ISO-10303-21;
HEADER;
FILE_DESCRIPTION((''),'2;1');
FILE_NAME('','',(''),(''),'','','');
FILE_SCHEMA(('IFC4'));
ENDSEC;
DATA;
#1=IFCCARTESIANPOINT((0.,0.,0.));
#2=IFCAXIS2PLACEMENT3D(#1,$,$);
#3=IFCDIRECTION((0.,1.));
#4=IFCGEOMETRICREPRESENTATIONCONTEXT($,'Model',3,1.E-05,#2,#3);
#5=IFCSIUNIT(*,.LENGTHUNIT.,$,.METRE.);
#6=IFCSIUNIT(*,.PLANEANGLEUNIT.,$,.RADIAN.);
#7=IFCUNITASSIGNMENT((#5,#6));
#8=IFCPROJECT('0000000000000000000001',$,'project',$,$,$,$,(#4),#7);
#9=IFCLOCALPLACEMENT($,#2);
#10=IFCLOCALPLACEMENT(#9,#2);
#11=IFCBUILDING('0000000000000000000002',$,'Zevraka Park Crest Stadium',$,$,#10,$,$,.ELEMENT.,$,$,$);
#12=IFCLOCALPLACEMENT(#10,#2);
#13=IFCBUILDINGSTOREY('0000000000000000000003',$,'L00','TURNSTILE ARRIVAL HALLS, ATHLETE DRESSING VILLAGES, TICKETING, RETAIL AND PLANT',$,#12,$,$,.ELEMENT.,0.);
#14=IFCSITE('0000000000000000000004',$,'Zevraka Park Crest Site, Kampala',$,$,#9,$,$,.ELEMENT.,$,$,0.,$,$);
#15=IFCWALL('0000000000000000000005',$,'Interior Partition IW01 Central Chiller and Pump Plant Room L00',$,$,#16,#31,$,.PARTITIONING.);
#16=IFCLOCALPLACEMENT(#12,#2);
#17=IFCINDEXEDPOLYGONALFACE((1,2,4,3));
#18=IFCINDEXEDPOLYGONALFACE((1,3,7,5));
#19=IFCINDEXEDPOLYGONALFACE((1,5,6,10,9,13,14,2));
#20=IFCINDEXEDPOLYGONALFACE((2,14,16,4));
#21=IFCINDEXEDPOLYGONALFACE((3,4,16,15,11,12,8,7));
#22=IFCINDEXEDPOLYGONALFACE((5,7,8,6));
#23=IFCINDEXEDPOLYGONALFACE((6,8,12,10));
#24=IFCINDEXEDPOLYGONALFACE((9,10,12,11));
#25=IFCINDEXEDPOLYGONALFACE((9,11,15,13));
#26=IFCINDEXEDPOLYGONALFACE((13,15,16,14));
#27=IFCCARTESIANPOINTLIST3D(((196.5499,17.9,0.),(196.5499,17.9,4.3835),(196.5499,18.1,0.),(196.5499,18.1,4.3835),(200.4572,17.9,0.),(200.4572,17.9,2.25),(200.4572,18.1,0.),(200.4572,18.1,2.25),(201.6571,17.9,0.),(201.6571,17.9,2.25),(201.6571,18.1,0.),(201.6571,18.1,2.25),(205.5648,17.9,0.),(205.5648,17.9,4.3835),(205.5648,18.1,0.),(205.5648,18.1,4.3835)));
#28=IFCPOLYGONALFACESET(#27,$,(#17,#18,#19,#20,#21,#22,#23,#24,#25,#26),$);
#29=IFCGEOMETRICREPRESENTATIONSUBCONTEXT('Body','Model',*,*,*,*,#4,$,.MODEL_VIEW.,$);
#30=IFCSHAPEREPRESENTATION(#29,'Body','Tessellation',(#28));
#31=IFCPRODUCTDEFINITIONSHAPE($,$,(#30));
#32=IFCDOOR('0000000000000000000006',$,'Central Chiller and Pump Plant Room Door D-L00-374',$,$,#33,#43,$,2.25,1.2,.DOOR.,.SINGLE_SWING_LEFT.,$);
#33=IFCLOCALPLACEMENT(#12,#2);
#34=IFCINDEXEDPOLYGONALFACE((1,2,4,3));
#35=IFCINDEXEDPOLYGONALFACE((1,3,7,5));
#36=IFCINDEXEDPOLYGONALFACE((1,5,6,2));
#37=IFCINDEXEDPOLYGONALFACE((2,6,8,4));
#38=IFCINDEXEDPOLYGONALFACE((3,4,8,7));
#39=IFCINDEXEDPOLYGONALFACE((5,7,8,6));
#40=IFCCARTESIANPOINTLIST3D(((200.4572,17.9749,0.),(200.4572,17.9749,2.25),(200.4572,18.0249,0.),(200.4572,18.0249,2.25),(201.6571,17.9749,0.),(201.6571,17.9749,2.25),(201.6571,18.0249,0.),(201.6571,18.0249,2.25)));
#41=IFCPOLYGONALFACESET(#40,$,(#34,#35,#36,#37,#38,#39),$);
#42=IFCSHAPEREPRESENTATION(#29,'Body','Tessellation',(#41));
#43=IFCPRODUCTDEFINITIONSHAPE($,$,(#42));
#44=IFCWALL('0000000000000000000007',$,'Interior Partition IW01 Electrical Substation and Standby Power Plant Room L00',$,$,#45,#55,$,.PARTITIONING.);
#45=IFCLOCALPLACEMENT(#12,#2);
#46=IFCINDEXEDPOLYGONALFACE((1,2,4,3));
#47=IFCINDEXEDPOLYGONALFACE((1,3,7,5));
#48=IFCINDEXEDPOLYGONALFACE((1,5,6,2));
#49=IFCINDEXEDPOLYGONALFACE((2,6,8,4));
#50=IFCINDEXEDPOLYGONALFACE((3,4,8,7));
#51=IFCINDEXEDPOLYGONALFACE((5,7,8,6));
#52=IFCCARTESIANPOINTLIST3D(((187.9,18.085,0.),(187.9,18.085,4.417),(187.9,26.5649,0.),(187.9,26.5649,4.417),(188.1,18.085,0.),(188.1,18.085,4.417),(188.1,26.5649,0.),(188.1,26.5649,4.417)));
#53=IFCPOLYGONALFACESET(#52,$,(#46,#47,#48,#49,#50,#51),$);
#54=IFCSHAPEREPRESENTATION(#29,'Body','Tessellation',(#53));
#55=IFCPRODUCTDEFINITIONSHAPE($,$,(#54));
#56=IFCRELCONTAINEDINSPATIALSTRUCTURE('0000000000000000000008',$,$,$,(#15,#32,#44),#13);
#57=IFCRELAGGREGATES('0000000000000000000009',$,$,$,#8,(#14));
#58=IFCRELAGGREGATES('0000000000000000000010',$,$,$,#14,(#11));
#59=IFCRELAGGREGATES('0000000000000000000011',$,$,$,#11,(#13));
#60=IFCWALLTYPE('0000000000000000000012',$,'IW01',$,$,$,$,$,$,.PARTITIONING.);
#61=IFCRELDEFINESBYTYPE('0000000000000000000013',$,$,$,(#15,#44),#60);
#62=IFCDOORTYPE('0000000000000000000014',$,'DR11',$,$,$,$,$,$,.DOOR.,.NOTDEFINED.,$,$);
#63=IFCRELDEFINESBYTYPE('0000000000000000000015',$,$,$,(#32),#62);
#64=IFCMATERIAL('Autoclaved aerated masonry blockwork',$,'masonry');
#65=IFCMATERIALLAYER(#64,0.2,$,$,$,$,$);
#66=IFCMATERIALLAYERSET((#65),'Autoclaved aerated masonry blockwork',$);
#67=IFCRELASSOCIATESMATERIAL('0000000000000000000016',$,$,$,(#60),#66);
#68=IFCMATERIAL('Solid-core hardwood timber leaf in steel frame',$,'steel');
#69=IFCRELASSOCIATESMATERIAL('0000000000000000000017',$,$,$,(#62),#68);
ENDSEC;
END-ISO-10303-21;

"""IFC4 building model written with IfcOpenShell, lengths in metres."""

from ifc_helpers import new_model, si_unit, direction, frame, frame_2d, origin, place, context, subcontext, project, spatial, rectangle, extrude, material, layer, layer_set, type_object, element, fill, save


model = new_model("IFC4")

# Units and contexts
model_context = context("Model", 3, precision=1e-05, world=origin(), true_north=direction((0.0, 1.0)))
body_context = subcontext(model_context, "Body", "Model", "MODEL_VIEW")
ifc_project = project(units=[si_unit("LENGTHUNIT", "METRE"), si_unit("PLANEANGLEUNIT", "RADIAN")], contexts=[model_context])

# Site, building, storey
site_placement = place(None, origin())
site = spatial("IfcSite", under=ifc_project, at=site_placement, Name="Zevraka Park Crest Site, Kampala", CompositionType="ELEMENT", RefElevation=0.0)
building_placement = place(site_placement, origin())
building = spatial("IfcBuilding", under=site, at=building_placement, Name="Zevraka Park Crest Stadium", CompositionType="ELEMENT")
storey_placement = place(building_placement, origin())
storey = spatial("IfcBuildingStorey", under=building, at=storey_placement, Name="L00", Description="TURNSTILE ARRIVAL HALLS, ATHLETE DRESSING VILLAGES, TICKETING, RETAIL AND PLANT", CompositionType="ELEMENT", Elevation=0.0)

# Wall, opening, door
ifc_material_1 = material(Name="Autoclaved aerated masonry blockwork", Category="masonry")
ifc_layer = layer(ifc_material_1, 0.2)
ifc_layer_set = layer_set([ifc_layer], Name="Autoclaved aerated masonry blockwork")
wall_type = type_object("IfcWallType", Name="IW01", PredefinedType="PARTITIONING", material=ifc_layer_set)
wall_1_placement = place(storey_placement, frame((196.55, 18.0, 0.0), z_axis=(0.0, 0.0, 1.0), x_axis=(1.0, 0.0, 0.0)))
wall_1 = element("IfcWall", 1, at=wall_1_placement, inside=storey, type_object=wall_type, Name="Interior Partition IW01 Central Chiller and Pump Plant Room L00", PredefinedType="PARTITIONING", context=body_context, shape_type="SweptSolid", body=[
    extrude(rectangle(XDim=9.0149, YDim=0.2, at=frame_2d((4.5073, 0.0))), origin(), (0.0, 0.0, 1.0), 4.3835),
])
opening_placement = place(wall_1_placement, frame((3.907, 0.0, 0.0)))
opening = element("IfcOpeningElement", 2, at=opening_placement, cuts=wall_1, PredefinedType="OPENING", context=body_context, shape_type="SweptSolid", body=[
    extrude(rectangle(XDim=1.2, YDim=2.25, at=frame_2d((0.6001, 1.125))), frame((0.0, 0.1099, 0.0), z_axis=(0.0, -1.0, 0.0), x_axis=(1.0, 0.0, 0.0)), (0.0, 0.0, 1.0), 0.22),
])
ifc_material_2 = material(Name="Solid-core hardwood timber leaf in steel frame", Category="steel")
door_type = type_object("IfcDoorType", Name="DR11", OperationType="NOTDEFINED", PredefinedType="DOOR", material=ifc_material_2)
door_placement = place(opening_placement, origin())
door = element("IfcDoor", 3, at=door_placement, inside=storey, type_object=door_type, Name="Central Chiller and Pump Plant Room Door D-L00-374", OperationType="SINGLE_SWING_LEFT", OverallHeight=2.25, OverallWidth=1.2, PredefinedType="DOOR", context=body_context, shape_type="SweptSolid", body=[
    extrude(rectangle(XDim=1.2, YDim=2.25, at=frame_2d((0.6001, 1.125))), frame((0.0, 0.0249, 0.0), z_axis=(0.0, -1.0, 0.0), x_axis=(1.0, 0.0, 0.0)), (0.0, 0.0, 1.0), 0.05),
])
fill(opening, door)

# Wall
wall_2_placement = place(storey_placement, frame((188.0, 18.085, 0.0), z_axis=(0.0, 0.0, 1.0), x_axis=(0.0, 1.0, 0.0)))
element("IfcWall", 4, at=wall_2_placement, inside=storey, type_object=wall_type, Name="Interior Partition IW01 Electrical Substation and Standby Power Plant Room L00", PredefinedType="PARTITIONING", context=body_context, shape_type="SweptSolid", body=[
    extrude(rectangle(XDim=8.48, YDim=0.2, at=frame_2d((4.24, 0.0))), origin(), (0.0, 0.0, 1.0), 4.417),
])

save(model, "model.ifc")
